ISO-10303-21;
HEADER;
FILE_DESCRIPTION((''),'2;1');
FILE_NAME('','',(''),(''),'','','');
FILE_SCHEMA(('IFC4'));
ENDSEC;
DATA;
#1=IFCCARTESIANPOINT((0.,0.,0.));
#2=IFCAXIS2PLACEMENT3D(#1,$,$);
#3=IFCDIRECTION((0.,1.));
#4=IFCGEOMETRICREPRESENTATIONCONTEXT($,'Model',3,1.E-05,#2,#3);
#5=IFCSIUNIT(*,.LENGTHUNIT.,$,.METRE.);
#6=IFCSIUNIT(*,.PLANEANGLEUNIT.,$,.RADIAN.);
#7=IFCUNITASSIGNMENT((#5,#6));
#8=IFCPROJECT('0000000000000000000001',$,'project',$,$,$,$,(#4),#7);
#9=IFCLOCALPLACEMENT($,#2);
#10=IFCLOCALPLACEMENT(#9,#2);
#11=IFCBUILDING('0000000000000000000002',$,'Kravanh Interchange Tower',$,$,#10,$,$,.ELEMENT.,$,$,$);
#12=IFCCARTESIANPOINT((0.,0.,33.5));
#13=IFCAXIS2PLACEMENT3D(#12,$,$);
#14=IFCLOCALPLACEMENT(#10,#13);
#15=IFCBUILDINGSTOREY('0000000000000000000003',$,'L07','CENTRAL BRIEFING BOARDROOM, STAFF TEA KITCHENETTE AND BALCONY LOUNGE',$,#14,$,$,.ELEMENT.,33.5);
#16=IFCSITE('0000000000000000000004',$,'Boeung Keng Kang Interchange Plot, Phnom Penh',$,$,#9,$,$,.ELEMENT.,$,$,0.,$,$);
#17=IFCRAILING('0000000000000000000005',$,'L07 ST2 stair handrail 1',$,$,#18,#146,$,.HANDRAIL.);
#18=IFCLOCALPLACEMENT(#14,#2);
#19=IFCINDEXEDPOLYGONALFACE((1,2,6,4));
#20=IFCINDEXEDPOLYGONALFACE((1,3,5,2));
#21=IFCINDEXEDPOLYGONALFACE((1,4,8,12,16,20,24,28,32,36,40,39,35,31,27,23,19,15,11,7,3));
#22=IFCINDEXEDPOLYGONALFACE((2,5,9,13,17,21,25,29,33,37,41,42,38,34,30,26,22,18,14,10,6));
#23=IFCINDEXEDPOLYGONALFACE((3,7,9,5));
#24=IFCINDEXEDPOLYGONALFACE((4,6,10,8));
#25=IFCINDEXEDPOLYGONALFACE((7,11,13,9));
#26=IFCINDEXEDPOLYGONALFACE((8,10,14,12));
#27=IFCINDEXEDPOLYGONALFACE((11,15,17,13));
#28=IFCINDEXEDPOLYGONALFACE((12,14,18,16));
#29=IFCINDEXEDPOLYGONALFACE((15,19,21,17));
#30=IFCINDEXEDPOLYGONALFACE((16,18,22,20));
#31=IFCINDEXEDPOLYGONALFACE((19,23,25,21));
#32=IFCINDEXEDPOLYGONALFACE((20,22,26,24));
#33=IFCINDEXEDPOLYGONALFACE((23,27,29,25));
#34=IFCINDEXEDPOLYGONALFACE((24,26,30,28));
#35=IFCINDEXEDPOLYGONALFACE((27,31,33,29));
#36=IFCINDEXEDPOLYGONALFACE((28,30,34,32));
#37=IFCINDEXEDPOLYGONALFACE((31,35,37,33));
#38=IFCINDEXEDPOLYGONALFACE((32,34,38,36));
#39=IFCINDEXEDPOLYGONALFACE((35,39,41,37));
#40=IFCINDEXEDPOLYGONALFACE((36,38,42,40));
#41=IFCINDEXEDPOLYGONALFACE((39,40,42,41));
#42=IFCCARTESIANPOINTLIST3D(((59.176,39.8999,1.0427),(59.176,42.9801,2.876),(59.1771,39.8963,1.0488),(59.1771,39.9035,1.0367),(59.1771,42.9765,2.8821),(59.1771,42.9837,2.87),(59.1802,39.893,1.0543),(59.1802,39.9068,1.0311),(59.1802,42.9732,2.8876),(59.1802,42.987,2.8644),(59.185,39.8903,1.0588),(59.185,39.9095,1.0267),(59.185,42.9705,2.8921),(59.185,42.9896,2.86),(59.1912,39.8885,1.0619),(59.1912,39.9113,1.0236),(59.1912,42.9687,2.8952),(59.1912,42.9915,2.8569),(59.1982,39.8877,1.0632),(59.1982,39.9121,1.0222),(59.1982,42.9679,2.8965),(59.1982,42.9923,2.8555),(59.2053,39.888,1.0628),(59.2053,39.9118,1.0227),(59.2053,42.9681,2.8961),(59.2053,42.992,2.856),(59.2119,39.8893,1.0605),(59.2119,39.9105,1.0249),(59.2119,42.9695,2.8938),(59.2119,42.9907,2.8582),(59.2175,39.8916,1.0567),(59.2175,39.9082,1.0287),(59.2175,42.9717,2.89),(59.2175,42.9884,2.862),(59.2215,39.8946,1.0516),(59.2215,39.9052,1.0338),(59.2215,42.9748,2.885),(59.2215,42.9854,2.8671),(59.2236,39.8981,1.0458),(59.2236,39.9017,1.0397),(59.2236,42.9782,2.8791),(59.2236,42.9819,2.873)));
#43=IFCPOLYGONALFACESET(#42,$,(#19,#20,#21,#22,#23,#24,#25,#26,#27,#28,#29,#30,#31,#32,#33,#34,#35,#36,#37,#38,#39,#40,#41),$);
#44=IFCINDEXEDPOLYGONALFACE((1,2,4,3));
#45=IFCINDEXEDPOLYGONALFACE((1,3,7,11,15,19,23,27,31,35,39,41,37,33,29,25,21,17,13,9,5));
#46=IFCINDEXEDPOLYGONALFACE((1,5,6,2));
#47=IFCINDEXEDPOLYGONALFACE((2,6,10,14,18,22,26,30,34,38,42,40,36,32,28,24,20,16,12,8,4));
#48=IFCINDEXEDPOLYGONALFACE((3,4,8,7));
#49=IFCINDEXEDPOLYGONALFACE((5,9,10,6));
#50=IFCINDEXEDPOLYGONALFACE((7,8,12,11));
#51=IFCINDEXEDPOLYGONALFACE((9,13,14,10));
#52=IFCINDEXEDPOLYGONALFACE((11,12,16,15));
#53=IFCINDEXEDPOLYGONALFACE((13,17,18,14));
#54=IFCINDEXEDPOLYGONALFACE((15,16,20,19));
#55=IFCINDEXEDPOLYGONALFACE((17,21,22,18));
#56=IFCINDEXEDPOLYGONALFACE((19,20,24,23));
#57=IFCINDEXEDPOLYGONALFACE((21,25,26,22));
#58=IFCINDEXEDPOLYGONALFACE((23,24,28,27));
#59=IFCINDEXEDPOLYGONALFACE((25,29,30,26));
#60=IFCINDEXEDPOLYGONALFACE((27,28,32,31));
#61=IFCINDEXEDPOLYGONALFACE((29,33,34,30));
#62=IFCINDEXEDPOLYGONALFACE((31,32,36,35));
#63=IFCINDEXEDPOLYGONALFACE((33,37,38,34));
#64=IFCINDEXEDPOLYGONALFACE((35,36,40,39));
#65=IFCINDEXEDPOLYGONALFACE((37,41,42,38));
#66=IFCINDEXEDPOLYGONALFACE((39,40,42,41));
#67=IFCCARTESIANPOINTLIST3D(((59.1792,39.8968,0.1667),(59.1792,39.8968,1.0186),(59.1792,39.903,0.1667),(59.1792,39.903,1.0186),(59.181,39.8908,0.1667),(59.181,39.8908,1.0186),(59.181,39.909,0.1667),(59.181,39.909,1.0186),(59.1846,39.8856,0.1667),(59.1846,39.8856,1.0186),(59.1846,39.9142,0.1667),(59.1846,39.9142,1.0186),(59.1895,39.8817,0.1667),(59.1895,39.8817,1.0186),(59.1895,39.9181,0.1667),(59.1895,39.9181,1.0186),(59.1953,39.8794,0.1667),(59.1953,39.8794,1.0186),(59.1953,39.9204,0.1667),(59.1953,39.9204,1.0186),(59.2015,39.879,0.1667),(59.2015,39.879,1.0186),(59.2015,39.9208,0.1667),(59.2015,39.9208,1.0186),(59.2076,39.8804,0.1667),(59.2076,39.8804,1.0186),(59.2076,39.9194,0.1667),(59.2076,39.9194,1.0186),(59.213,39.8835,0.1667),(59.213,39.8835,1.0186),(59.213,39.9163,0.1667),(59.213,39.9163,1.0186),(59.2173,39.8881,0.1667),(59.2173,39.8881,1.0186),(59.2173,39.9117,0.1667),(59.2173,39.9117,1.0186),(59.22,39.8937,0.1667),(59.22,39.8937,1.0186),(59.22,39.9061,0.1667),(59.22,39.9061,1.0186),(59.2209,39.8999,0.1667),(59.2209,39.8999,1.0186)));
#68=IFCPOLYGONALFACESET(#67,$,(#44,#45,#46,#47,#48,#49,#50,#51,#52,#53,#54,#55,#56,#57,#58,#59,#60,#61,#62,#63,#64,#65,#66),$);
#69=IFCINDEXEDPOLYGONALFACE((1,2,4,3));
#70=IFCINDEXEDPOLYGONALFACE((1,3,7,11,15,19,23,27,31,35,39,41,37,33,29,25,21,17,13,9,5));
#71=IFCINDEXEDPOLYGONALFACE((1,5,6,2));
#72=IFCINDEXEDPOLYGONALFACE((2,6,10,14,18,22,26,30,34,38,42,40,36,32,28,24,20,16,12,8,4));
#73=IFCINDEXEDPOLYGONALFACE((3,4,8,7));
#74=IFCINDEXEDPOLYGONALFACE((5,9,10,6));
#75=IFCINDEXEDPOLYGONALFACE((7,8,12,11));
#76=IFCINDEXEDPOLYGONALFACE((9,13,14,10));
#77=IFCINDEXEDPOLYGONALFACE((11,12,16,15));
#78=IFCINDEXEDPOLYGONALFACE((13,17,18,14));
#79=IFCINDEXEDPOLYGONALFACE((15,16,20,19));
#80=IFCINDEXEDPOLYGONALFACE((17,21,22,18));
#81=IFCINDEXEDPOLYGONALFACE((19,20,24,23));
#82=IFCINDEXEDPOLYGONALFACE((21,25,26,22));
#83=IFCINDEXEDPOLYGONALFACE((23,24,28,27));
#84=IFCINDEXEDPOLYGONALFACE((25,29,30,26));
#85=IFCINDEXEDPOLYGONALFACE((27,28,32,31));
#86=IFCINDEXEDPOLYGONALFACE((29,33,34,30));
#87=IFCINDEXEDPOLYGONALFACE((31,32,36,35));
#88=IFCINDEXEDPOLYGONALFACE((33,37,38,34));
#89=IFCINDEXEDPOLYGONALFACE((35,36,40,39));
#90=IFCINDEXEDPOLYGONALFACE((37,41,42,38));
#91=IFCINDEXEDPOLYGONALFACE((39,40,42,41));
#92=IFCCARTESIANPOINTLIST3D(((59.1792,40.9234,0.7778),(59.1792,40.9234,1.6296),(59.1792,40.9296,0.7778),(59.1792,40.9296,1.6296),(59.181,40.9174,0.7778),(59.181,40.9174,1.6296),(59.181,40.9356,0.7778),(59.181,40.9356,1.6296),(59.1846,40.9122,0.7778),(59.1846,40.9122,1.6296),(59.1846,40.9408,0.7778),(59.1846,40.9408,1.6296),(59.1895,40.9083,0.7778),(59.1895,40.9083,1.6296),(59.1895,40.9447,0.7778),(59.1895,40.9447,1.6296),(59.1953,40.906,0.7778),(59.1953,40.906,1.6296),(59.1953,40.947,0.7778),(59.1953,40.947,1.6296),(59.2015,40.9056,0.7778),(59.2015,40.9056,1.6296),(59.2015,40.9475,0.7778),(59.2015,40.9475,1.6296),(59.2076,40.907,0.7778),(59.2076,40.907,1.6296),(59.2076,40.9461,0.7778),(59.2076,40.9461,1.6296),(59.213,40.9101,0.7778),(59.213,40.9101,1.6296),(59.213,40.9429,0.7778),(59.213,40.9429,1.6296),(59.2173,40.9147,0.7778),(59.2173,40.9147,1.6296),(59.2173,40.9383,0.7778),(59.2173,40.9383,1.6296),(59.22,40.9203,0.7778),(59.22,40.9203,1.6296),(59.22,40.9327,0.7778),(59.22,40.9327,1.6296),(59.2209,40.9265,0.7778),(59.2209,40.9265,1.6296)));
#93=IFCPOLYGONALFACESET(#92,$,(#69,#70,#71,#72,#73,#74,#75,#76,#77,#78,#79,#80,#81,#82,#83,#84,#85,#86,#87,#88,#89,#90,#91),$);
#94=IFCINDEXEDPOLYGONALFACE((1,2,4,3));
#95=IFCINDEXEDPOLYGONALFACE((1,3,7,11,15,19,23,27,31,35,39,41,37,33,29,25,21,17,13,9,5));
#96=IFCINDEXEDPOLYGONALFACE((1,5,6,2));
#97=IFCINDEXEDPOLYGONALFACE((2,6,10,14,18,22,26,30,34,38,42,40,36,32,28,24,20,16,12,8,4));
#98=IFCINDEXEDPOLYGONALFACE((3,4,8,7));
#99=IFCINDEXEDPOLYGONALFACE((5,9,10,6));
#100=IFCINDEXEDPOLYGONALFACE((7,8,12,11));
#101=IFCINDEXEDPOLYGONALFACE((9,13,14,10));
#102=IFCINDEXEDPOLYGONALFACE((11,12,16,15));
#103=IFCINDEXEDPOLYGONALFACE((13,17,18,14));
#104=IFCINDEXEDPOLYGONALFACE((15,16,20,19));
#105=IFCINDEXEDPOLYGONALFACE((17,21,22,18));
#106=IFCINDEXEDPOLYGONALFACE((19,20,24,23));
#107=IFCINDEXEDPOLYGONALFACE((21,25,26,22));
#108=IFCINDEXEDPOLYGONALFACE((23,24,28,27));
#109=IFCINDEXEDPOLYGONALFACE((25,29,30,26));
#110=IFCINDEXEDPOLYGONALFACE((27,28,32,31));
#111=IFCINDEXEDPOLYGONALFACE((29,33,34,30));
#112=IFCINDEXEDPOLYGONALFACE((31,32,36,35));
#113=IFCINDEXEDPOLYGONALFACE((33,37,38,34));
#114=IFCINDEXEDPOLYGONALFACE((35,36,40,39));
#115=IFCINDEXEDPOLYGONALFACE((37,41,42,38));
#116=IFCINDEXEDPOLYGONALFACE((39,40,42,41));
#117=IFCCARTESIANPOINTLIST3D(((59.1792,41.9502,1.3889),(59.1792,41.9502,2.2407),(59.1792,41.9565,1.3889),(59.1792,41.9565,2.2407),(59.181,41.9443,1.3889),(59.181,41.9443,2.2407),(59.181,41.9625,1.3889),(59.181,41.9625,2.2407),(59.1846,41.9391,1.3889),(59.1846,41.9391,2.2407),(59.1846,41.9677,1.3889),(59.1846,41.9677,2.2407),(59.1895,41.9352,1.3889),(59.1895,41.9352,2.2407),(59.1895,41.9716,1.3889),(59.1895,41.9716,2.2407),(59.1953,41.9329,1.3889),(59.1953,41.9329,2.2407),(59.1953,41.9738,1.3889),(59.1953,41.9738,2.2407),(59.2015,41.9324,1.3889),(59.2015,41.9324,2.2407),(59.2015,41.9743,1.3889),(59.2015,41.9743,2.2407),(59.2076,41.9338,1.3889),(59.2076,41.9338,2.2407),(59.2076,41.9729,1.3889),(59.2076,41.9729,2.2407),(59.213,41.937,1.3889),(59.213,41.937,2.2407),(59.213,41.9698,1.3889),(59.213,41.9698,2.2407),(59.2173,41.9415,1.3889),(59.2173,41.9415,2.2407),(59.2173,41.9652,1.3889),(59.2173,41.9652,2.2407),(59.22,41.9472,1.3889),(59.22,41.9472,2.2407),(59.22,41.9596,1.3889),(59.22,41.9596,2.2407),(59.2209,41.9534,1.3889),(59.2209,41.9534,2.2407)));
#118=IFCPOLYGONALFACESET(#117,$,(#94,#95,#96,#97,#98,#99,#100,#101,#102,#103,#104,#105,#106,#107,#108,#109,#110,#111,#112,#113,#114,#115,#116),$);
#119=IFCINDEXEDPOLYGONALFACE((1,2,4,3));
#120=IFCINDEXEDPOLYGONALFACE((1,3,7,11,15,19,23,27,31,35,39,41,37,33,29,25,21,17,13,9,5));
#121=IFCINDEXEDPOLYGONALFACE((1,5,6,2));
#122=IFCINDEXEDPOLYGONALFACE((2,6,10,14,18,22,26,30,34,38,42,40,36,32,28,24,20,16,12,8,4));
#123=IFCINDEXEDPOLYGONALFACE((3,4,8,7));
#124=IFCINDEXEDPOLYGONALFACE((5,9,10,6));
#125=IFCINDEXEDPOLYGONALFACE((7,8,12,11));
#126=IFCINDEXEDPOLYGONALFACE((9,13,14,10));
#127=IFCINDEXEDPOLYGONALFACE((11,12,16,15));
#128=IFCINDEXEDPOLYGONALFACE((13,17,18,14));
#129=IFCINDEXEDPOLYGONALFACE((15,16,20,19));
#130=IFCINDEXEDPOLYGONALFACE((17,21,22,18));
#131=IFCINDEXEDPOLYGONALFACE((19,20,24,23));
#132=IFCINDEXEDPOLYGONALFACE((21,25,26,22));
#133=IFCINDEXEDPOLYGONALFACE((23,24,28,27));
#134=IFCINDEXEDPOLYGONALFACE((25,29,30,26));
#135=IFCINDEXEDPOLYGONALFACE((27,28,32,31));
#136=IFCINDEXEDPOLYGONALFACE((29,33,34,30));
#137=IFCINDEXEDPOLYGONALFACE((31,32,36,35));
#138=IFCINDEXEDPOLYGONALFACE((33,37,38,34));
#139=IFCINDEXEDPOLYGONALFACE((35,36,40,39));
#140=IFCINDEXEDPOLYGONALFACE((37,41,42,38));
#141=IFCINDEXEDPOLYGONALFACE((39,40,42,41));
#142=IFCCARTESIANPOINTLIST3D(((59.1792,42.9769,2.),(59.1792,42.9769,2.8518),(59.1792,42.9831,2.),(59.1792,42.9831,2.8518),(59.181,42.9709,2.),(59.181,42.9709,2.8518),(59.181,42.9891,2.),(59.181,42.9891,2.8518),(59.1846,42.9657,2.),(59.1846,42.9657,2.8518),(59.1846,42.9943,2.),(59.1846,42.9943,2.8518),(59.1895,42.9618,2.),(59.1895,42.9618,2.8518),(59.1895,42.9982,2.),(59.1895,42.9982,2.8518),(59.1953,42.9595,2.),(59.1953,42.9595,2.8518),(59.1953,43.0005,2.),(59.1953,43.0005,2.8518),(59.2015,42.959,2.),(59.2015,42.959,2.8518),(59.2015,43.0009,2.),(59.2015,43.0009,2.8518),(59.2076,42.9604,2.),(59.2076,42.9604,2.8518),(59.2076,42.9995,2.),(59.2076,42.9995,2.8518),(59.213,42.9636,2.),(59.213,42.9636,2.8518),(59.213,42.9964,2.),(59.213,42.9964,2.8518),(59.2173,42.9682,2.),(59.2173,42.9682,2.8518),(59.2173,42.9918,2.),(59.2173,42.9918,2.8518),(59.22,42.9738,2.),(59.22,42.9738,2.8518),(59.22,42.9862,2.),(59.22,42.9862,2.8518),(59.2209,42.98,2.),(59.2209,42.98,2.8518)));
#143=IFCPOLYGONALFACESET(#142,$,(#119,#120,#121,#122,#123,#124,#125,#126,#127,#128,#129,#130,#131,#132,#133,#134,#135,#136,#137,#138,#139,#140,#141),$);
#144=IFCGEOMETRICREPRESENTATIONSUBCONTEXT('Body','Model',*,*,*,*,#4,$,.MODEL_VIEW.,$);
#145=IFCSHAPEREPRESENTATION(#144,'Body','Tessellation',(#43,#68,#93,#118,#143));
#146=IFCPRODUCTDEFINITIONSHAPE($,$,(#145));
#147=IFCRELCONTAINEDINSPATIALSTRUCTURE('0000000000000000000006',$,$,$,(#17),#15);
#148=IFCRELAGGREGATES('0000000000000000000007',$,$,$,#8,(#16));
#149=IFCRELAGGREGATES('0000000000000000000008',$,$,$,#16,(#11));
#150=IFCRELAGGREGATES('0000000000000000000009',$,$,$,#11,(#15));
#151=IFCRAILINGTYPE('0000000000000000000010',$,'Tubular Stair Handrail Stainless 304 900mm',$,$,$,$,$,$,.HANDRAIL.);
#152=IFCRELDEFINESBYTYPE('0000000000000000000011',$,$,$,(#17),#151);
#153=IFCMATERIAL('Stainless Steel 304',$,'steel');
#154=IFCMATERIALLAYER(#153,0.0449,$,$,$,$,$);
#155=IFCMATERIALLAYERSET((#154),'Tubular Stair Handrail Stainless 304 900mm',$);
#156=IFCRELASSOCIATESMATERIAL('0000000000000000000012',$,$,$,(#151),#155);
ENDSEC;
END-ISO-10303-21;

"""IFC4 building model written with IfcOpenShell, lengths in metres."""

from ifc_helpers import new_model, si_unit, direction, frame, origin, origin_2d, place, context, subcontext, project, spatial, circle, extrude, material, layer, layer_set, type_object, element, save


model = new_model("IFC4")

# Units and contexts
model_context = context("Model", 3, precision=1e-05, world=origin(), true_north=direction((0.0, 1.0)))
body_context = subcontext(model_context, "Body", "Model", "MODEL_VIEW")
ifc_project = project(units=[si_unit("LENGTHUNIT", "METRE"), si_unit("PLANEANGLEUNIT", "RADIAN")], contexts=[model_context])

# Site, building, storey
site_placement = place(None, origin())
site = spatial("IfcSite", under=ifc_project, at=site_placement, Name="Boeung Keng Kang Interchange Plot, Phnom Penh", CompositionType="ELEMENT", RefElevation=0.0)
building_placement = place(site_placement, origin())
building = spatial("IfcBuilding", under=site, at=building_placement, Name="Kravanh Interchange Tower", CompositionType="ELEMENT")
storey_placement = place(building_placement, frame((0.0, 0.0, 33.5)))
storey = spatial("IfcBuildingStorey", under=building, at=storey_placement, Name="L07", Description="CENTRAL BRIEFING BOARDROOM, STAFF TEA KITCHENETTE AND BALCONY LOUNGE", CompositionType="ELEMENT", Elevation=33.5)

# Railing
ifc_material_1 = material(Name="Stainless Steel 304", Category="steel")
ifc_layer_1 = layer(ifc_material_1, 0.0449)
ifc_layer_set_1 = layer_set([ifc_layer_1], Name="Tubular Stair Handrail Stainless 304 900mm")
railing_type_1 = type_object("IfcRailingType", Name="Tubular Stair Handrail Stainless 304 900mm", PredefinedType="HANDRAIL", material=ifc_layer_set_1)
railing_1_placement = place(storey_placement, frame((59.2, 39.8999, 0.1667)))
element("IfcRailing", 1, at=railing_1_placement, inside=storey, type_object=railing_type_1, Name="L07 ST2 stair handrail 1", PredefinedType="HANDRAIL", context=body_context, shape_type="SweptSolid", body=[
    extrude(circle(Radius=0.0239, at=origin_2d()), frame((0.0, 0.0, 0.876), z_axis=(0.0, 0.859309, 0.511458), x_axis=(-1.0, 0.0, 0.0)), (0.0, 0.0, 1.0), 3.5845),
    extrude(circle(Radius=0.021, at=origin_2d()), origin(), (0.0, 0.0, 1.0), 0.8518),
    extrude(circle(Radius=0.021, at=origin_2d()), frame((0.0, 1.0266, 0.6111)), (0.0, 0.0, 1.0), 0.8518),
    extrude(circle(Radius=0.021, at=origin_2d()), frame((0.0, 2.0535, 1.2222)), (0.0, 0.0, 1.0), 0.8518),
    extrude(circle(Radius=0.021, at=origin_2d()), frame((0.0, 3.0801, 1.8333)), (0.0, 0.0, 1.0), 0.8518),
])

save(model, "model.ifc")
